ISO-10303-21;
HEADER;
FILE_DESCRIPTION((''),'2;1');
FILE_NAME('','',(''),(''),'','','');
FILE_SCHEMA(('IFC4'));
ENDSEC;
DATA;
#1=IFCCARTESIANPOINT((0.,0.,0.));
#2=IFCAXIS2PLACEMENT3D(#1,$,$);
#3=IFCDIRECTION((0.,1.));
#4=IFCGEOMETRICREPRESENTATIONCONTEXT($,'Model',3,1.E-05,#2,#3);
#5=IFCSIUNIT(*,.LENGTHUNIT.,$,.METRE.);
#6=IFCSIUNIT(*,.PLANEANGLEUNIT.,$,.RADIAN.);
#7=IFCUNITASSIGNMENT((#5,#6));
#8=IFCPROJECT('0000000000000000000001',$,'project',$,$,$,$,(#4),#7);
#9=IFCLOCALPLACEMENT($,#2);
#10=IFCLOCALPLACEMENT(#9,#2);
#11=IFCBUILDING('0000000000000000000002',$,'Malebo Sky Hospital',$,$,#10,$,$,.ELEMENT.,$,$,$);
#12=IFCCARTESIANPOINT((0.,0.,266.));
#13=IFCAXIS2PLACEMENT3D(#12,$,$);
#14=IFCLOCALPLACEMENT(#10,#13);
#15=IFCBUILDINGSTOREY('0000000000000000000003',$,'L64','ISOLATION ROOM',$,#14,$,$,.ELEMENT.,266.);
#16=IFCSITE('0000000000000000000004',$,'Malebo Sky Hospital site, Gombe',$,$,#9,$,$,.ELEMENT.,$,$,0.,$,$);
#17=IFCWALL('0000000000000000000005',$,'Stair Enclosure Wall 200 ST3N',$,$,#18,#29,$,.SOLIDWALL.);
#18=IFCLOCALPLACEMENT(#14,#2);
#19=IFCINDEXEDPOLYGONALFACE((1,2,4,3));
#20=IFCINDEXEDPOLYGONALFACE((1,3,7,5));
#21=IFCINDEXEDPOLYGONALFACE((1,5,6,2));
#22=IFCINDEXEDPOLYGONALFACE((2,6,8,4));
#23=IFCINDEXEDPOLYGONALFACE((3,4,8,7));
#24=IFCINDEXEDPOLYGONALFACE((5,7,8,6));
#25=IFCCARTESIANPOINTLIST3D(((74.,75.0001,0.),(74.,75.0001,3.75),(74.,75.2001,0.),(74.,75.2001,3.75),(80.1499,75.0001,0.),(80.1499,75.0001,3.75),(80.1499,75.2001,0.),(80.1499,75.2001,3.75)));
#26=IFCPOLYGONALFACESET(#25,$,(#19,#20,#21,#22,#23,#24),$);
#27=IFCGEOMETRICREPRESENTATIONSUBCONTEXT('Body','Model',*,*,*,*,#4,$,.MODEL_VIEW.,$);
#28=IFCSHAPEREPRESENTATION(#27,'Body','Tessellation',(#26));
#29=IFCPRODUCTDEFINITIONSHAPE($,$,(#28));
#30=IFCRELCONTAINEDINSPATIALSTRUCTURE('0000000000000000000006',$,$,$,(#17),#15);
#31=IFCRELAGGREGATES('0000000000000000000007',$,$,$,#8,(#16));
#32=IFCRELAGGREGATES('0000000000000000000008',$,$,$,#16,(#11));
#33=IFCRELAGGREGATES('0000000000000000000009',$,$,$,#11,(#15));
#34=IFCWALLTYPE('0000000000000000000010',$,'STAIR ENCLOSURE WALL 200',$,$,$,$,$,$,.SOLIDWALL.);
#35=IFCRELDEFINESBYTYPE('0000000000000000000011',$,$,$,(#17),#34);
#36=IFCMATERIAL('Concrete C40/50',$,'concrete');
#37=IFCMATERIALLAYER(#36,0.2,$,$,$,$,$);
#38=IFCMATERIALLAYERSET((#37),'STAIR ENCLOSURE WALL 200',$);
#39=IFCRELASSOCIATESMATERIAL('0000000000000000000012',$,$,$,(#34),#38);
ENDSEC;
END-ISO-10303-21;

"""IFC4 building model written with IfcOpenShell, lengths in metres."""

from ifc_helpers import new_model, si_unit, direction, frame, frame_2d, origin, place, context, subcontext, project, spatial, rectangle, extrude, material, layer, layer_set, type_object, element, save


model = new_model("IFC4")

# Units and contexts
model_context = context("Model", 3, precision=1e-05, world=origin(), true_north=direction((0.0, 1.0)))
body_context = subcontext(model_context, "Body", "Model", "MODEL_VIEW")
ifc_project = project(units=[si_unit("LENGTHUNIT", "METRE"), si_unit("PLANEANGLEUNIT", "RADIAN")], contexts=[model_context])

# Site, building, storey
site_placement = place(None, origin())
site = spatial("IfcSite", under=ifc_project, at=site_placement, Name="Malebo Sky Hospital site, Gombe", CompositionType="ELEMENT", RefElevation=0.0)
building_placement = place(site_placement, origin())
building = spatial("IfcBuilding", under=site, at=building_placement, Name="Malebo Sky Hospital", CompositionType="ELEMENT")
storey_placement = place(building_placement, frame((0.0, 0.0, 266.0)))
storey = spatial("IfcBuildingStorey", under=building, at=storey_placement, Name="L64", Description="ISOLATION ROOM", CompositionType="ELEMENT", Elevation=266.0)

# Wall
ifc_material_1 = material(Name="Concrete C40/50", Category="concrete")
ifc_layer_1 = layer(ifc_material_1, 0.2)
ifc_layer_set_1 = layer_set([ifc_layer_1], Name="STAIR ENCLOSURE WALL 200")
wall_type_1 = type_object("IfcWallType", Name="STAIR ENCLOSURE WALL 200", PredefinedType="SOLIDWALL", material=ifc_layer_set_1)
wall_1_placement = place(storey_placement, frame((74.0, 75.1001, 0.0), z_axis=(0.0, 0.0, 1.0), x_axis=(1.0, 0.0, 0.0)))
element("IfcWall", 1, at=wall_1_placement, inside=storey, type_object=wall_type_1, Name="Stair Enclosure Wall 200 ST3N", PredefinedType="SOLIDWALL", context=body_context, shape_type="SweptSolid", body=[
    extrude(rectangle(XDim=6.1499, YDim=0.2, at=frame_2d((3.075, 0.0))), origin(), (0.0, 0.0, 1.0), 3.75),
])

save(model, "model.ifc")
